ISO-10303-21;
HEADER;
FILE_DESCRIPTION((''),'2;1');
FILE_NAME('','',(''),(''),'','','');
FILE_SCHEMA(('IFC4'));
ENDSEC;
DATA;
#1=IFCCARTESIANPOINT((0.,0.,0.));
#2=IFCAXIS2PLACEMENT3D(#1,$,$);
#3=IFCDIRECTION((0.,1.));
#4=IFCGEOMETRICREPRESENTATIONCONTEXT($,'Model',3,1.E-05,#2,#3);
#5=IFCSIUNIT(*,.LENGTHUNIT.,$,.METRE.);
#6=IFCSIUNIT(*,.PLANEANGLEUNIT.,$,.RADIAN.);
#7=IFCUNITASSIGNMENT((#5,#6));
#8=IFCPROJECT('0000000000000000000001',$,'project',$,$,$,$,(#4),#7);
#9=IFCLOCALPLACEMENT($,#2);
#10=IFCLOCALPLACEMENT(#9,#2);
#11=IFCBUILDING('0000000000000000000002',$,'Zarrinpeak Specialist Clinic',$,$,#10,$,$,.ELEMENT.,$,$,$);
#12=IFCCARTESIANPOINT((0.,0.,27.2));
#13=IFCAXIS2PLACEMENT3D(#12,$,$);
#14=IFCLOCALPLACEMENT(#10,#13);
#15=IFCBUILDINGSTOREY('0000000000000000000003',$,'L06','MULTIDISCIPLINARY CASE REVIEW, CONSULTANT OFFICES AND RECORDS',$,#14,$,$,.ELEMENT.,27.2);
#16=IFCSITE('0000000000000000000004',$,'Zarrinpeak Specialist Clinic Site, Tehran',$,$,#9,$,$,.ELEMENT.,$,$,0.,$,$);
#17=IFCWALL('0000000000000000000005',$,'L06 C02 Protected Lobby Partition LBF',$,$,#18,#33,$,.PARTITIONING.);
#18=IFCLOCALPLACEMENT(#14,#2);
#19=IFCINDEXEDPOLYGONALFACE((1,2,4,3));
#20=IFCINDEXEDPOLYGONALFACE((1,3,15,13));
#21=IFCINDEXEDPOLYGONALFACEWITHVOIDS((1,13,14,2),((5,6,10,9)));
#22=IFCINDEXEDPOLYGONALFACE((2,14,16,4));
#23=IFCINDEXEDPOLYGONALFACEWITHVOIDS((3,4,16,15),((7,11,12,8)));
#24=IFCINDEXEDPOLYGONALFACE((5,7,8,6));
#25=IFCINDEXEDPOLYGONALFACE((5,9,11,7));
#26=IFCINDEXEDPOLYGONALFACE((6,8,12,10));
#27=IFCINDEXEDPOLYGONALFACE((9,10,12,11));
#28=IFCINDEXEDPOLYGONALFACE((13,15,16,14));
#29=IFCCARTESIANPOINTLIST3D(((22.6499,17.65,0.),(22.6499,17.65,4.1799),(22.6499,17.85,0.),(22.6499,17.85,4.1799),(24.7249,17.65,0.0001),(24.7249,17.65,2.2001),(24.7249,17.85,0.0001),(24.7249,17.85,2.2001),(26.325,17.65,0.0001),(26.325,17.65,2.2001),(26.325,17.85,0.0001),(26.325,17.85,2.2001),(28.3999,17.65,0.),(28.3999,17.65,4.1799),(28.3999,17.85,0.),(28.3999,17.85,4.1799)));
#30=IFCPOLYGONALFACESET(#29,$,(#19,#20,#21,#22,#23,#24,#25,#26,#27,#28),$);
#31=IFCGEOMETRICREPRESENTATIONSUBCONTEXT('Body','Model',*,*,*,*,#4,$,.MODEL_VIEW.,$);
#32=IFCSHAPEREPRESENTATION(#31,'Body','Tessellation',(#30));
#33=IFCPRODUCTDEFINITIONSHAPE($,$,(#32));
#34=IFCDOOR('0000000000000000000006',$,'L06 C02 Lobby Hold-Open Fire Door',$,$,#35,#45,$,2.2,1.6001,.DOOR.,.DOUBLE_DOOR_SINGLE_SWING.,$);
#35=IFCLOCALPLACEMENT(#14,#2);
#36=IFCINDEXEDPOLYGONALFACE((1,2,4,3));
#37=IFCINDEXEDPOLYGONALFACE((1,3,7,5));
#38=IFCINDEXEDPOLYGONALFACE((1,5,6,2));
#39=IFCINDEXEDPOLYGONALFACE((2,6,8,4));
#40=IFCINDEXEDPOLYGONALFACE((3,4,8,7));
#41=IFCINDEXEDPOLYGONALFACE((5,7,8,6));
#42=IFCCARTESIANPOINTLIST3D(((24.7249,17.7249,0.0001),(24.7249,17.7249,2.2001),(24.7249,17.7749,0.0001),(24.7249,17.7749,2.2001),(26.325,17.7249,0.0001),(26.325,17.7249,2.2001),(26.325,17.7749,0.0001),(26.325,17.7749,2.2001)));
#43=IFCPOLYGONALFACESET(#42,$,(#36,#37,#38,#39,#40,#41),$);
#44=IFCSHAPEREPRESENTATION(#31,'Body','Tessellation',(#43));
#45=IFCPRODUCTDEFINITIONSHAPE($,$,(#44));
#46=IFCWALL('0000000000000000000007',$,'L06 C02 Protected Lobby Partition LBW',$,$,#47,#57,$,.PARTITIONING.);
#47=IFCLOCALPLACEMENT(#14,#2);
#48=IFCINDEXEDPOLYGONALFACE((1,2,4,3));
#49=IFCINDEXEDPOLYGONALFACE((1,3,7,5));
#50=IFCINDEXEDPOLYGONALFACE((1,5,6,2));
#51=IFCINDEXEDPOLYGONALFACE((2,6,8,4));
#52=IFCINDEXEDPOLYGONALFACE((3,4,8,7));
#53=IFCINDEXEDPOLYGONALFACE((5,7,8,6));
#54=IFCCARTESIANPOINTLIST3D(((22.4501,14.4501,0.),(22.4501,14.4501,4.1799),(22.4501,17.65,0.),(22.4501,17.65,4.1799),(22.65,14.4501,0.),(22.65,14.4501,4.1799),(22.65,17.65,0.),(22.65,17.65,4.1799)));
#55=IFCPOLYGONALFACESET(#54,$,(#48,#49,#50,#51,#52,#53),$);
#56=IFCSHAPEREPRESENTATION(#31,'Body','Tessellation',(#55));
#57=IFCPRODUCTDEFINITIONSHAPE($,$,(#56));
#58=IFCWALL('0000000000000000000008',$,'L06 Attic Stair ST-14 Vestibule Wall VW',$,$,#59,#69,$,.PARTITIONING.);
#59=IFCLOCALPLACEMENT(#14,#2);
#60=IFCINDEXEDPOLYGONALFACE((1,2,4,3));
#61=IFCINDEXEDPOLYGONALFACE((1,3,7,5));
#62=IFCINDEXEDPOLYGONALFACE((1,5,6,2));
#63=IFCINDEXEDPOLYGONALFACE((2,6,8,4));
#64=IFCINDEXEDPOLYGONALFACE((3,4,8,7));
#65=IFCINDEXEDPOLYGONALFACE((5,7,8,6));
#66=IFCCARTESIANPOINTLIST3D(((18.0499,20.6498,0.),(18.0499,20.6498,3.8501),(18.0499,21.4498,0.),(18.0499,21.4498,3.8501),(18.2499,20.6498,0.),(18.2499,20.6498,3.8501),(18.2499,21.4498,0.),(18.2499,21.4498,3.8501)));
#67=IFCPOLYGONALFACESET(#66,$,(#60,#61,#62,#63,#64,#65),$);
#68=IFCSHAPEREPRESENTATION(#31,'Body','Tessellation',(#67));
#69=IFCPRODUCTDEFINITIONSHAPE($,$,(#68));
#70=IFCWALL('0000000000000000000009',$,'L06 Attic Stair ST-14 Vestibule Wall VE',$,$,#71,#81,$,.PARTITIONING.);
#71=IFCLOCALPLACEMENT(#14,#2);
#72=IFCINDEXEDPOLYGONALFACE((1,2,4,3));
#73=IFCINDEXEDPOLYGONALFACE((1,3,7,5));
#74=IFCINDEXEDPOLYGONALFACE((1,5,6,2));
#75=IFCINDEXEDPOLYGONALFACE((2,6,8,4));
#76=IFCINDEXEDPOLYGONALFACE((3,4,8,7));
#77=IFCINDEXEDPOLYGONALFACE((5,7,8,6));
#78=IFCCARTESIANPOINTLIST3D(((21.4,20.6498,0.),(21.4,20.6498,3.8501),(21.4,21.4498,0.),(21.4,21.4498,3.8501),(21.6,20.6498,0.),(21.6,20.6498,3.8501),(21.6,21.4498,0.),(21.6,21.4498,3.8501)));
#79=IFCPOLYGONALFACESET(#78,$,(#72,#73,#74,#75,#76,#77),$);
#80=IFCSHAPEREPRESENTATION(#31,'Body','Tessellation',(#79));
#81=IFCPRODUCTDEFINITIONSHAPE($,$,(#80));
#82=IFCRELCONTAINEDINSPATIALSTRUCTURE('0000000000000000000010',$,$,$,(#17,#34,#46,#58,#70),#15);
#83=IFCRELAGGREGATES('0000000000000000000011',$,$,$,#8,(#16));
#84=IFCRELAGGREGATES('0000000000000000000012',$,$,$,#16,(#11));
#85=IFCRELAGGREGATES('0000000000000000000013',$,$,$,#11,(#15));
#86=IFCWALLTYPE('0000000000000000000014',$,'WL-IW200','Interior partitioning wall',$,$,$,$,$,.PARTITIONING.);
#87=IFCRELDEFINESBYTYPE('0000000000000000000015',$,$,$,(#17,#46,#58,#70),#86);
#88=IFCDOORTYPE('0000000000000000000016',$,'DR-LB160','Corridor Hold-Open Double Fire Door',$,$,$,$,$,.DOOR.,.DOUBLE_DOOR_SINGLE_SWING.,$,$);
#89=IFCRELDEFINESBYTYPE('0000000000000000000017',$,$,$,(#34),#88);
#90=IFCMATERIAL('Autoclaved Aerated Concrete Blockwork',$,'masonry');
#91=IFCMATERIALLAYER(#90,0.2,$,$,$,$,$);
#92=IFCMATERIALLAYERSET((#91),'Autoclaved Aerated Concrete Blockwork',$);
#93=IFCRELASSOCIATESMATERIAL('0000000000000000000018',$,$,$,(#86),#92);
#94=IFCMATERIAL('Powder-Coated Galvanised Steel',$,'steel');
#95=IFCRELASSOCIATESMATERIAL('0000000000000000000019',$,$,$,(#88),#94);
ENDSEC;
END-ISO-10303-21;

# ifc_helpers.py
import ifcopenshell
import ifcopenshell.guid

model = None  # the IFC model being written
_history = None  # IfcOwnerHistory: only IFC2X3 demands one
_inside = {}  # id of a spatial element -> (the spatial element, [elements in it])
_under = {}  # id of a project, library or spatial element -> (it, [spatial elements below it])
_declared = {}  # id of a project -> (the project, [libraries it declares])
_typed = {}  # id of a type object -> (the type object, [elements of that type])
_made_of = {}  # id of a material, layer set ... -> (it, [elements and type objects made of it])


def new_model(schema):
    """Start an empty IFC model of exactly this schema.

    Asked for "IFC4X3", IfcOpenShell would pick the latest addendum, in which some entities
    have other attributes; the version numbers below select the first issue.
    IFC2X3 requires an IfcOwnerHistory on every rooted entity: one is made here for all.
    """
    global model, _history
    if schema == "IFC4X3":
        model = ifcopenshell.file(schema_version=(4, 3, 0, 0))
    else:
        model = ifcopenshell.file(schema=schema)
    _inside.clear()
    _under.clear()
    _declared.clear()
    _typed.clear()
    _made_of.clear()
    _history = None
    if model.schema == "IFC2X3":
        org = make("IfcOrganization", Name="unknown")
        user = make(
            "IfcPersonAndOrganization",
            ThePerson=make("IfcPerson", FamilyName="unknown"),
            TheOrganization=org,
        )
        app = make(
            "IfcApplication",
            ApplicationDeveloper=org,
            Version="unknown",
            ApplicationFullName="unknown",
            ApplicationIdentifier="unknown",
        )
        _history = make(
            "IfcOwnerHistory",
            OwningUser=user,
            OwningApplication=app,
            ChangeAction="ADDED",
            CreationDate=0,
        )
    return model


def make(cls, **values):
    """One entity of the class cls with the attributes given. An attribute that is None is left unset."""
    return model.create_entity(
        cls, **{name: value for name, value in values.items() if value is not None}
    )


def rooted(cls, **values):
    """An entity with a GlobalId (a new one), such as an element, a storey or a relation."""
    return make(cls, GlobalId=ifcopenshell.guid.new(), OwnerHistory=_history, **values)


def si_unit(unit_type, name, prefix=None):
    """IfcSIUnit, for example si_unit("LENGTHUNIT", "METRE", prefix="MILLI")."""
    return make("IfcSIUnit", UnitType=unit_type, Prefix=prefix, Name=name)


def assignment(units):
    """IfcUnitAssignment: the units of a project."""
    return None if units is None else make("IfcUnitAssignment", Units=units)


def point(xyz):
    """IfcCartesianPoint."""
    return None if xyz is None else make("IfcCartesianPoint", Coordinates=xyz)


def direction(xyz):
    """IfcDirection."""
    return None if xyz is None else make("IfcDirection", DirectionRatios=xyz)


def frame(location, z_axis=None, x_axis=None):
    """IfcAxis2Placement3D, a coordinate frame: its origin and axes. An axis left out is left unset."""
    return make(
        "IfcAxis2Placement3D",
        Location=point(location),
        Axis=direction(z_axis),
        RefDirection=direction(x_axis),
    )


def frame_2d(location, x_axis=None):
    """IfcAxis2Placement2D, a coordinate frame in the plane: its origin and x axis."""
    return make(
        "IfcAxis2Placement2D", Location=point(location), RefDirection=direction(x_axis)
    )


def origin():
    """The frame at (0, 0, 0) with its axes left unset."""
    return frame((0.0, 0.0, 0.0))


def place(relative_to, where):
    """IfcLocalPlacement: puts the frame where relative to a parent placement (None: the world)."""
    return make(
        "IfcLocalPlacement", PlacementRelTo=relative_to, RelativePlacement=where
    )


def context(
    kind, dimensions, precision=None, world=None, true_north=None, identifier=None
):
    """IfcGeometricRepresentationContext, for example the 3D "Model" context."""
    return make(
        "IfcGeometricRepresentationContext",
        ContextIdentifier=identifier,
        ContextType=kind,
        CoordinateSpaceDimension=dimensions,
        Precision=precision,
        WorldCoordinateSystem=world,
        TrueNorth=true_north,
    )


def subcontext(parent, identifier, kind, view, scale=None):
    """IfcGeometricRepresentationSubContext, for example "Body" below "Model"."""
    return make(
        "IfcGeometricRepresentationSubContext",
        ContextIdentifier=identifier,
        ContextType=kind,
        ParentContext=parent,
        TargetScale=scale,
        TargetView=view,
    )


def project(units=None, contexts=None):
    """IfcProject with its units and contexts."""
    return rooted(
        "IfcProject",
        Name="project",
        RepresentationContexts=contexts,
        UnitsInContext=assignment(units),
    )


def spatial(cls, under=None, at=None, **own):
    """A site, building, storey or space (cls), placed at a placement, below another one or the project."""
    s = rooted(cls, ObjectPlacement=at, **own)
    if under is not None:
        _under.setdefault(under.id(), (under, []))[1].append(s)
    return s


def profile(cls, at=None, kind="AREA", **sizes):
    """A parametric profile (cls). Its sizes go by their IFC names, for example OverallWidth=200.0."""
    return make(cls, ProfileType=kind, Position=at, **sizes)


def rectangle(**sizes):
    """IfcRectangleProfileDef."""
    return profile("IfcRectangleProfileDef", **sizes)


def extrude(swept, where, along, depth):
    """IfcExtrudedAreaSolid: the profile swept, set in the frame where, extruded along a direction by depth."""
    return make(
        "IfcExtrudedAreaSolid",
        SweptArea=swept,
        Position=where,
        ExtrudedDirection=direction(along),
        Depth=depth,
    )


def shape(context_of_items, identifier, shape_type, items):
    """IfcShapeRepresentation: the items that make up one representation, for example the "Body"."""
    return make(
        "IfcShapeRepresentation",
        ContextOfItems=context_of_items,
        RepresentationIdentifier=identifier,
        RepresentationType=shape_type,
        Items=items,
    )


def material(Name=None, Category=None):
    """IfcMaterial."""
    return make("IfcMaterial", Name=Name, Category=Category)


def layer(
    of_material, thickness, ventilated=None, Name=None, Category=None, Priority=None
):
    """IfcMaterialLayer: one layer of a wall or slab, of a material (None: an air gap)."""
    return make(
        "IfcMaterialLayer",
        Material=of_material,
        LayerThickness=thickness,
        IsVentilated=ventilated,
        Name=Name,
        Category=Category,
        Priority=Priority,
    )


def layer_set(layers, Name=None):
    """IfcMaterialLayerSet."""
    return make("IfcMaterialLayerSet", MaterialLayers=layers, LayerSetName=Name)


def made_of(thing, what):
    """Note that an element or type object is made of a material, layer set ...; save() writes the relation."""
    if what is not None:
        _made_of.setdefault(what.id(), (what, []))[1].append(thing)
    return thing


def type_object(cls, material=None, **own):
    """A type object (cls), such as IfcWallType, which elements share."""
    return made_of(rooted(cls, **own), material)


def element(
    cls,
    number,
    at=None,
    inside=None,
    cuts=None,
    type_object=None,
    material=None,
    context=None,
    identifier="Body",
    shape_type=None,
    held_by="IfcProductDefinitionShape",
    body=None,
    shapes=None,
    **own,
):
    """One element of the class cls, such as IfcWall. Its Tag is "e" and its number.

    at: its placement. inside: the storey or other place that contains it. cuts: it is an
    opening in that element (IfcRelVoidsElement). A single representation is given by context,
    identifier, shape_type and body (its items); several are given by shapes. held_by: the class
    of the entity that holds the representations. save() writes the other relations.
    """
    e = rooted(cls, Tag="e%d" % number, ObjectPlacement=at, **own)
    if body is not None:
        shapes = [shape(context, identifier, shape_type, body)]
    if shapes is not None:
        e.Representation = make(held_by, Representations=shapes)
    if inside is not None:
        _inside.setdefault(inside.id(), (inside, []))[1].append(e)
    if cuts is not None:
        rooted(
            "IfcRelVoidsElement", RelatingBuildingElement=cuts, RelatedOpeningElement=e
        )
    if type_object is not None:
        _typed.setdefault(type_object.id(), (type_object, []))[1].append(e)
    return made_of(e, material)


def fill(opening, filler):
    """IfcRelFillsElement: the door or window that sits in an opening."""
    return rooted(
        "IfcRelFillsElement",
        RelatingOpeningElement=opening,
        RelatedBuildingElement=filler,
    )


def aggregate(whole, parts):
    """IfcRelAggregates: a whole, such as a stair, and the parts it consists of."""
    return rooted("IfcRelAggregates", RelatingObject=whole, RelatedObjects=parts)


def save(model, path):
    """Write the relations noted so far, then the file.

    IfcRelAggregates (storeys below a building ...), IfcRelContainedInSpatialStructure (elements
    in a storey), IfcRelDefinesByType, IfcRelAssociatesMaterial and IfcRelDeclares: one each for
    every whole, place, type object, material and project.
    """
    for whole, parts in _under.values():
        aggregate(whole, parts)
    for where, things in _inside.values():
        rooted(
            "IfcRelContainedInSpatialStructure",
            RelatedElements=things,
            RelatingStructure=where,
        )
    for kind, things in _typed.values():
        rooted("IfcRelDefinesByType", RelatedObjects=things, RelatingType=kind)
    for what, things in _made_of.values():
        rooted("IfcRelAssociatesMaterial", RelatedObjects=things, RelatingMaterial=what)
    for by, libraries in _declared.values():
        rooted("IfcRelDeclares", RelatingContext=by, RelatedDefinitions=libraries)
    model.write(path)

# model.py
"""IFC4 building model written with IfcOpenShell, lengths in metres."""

from ifc_helpers import new_model, si_unit, direction, frame, frame_2d, origin, place, context, subcontext, project, spatial, rectangle, extrude, material, layer, layer_set, type_object, element, fill, save


model = new_model("IFC4")

# Units and contexts
model_context = context("Model", 3, precision=1e-05, world=origin(), true_north=direction((0.0, 1.0)))
body_context = subcontext(model_context, "Body", "Model", "MODEL_VIEW")
ifc_project = project(units=[si_unit("LENGTHUNIT", "METRE"), si_unit("PLANEANGLEUNIT", "RADIAN")], contexts=[model_context])

# Site, building, storey
site_placement = place(None, origin())
site = spatial("IfcSite", under=ifc_project, at=site_placement, Name="Zarrinpeak Specialist Clinic Site, Tehran", CompositionType="ELEMENT", RefElevation=0.0)
building_placement = place(site_placement, origin())
building = spatial("IfcBuilding", under=site, at=building_placement, Name="Zarrinpeak Specialist Clinic", CompositionType="ELEMENT")
storey_placement = place(building_placement, frame((0.0, 0.0, 27.2)))
storey = spatial("IfcBuildingStorey", under=building, at=storey_placement, Name="L06", Description="MULTIDISCIPLINARY CASE REVIEW, CONSULTANT OFFICES AND RECORDS", CompositionType="ELEMENT", Elevation=27.2)

# Shared definitions
ifc_material_1 = material(Name="Powder-Coated Galvanised Steel", Category="steel")

# Wall, opening, door
ifc_material_2 = material(Name="Autoclaved Aerated Concrete Blockwork", Category="masonry")
ifc_layer_1 = layer(ifc_material_2, 0.2)
ifc_layer_set_1 = layer_set([ifc_layer_1], Name="Autoclaved Aerated Concrete Blockwork")
wall_type_1 = type_object("IfcWallType", Name="WL-IW200", Description="Interior partitioning wall", PredefinedType="PARTITIONING", material=ifc_layer_set_1)
wall_1_placement = place(storey_placement, frame((22.6499, 17.75, 0.0), z_axis=(0.0, 0.0, 1.0), x_axis=(1.0, 0.0, 0.0)))
wall_1 = element("IfcWall", 1, at=wall_1_placement, inside=storey, type_object=wall_type_1, Name="L06 C02 Protected Lobby Partition LBF", PredefinedType="PARTITIONING", context=body_context, shape_type="SweptSolid", body=[
    extrude(rectangle(XDim=5.75, YDim=0.2, at=frame_2d((2.875, 0.0))), origin(), (0.0, 0.0, 1.0), 4.1799),
])
opening_1_placement = place(wall_1_placement, frame((2.075, 0.0, 0.0)))
opening_1 = element("IfcOpeningElement", 2, at=opening_1_placement, cuts=wall_1, PredefinedType="OPENING", context=body_context, shape_type="SweptSolid", body=[
    extrude(rectangle(XDim=1.6001, YDim=2.2, at=frame_2d((0.8, 1.1001))), frame((0.0, 0.1099, 0.0), z_axis=(0.0, -1.0, 0.0), x_axis=(1.0, 0.0, 0.0)), (0.0, 0.0, 1.0), 0.22),
])
door_type_1 = type_object("IfcDoorType", Name="DR-LB160", Description="Corridor Hold-Open Double Fire Door", OperationType="DOUBLE_DOOR_SINGLE_SWING", PredefinedType="DOOR", material=ifc_material_1)
door_1_placement = place(opening_1_placement, origin())
door_1 = element("IfcDoor", 3, at=door_1_placement, inside=storey, type_object=door_type_1, Name="L06 C02 Lobby Hold-Open Fire Door", OperationType="DOUBLE_DOOR_SINGLE_SWING", OverallHeight=2.2, OverallWidth=1.6001, PredefinedType="DOOR", context=body_context, shape_type="SweptSolid", body=[
    extrude(rectangle(XDim=1.6001, YDim=2.2, at=frame_2d((0.8, 1.1001))), frame((0.0, 0.0249, 0.0), z_axis=(0.0, -1.0, 0.0), x_axis=(1.0, 0.0, 0.0)), (0.0, 0.0, 1.0), 0.05),
])
fill(opening_1, door_1)

# Walls
wall_2_placement = place(storey_placement, frame((22.55, 14.45, 0.0), z_axis=(0.0, 0.0, 1.0), x_axis=(0.0, 1.0, 0.0)))
element("IfcWall", 4, at=wall_2_placement, inside=storey, type_object=wall_type_1, Name="L06 C02 Protected Lobby Partition LBW", PredefinedType="PARTITIONING", context=body_context, shape_type="SweptSolid", body=[
    extrude(rectangle(XDim=3.2, YDim=0.2, at=frame_2d((1.6001, 0.0))), origin(), (0.0, 0.0, 1.0), 4.1799),
])
for number, where, z_axis, x_axis, name in (
    (5, (18.1499, 20.6499, 0.0), (0.0, 0.0, 1.0), (0.0, 1.0, 0.0), "L06 Attic Stair ST-14 Vestibule Wall VW"),
    (6, (21.5, 20.6499, 0.0), (0.0, 0.0, 1.0), (0.0, 1.0, 0.0), "L06 Attic Stair ST-14 Vestibule Wall VE"),
):
    element("IfcWall", number, at=place(storey_placement, frame(where, z_axis=z_axis, x_axis=x_axis)), inside=storey, type_object=wall_type_1, Name=name, PredefinedType="PARTITIONING", context=body_context, shape_type="SweptSolid", body=[
        extrude(rectangle(XDim=0.8, YDim=0.2, at=frame_2d((0.3999, 0.0))), origin(), (0.0, 0.0, 1.0), 3.8501),
    ])

save(model, "model.ifc")
